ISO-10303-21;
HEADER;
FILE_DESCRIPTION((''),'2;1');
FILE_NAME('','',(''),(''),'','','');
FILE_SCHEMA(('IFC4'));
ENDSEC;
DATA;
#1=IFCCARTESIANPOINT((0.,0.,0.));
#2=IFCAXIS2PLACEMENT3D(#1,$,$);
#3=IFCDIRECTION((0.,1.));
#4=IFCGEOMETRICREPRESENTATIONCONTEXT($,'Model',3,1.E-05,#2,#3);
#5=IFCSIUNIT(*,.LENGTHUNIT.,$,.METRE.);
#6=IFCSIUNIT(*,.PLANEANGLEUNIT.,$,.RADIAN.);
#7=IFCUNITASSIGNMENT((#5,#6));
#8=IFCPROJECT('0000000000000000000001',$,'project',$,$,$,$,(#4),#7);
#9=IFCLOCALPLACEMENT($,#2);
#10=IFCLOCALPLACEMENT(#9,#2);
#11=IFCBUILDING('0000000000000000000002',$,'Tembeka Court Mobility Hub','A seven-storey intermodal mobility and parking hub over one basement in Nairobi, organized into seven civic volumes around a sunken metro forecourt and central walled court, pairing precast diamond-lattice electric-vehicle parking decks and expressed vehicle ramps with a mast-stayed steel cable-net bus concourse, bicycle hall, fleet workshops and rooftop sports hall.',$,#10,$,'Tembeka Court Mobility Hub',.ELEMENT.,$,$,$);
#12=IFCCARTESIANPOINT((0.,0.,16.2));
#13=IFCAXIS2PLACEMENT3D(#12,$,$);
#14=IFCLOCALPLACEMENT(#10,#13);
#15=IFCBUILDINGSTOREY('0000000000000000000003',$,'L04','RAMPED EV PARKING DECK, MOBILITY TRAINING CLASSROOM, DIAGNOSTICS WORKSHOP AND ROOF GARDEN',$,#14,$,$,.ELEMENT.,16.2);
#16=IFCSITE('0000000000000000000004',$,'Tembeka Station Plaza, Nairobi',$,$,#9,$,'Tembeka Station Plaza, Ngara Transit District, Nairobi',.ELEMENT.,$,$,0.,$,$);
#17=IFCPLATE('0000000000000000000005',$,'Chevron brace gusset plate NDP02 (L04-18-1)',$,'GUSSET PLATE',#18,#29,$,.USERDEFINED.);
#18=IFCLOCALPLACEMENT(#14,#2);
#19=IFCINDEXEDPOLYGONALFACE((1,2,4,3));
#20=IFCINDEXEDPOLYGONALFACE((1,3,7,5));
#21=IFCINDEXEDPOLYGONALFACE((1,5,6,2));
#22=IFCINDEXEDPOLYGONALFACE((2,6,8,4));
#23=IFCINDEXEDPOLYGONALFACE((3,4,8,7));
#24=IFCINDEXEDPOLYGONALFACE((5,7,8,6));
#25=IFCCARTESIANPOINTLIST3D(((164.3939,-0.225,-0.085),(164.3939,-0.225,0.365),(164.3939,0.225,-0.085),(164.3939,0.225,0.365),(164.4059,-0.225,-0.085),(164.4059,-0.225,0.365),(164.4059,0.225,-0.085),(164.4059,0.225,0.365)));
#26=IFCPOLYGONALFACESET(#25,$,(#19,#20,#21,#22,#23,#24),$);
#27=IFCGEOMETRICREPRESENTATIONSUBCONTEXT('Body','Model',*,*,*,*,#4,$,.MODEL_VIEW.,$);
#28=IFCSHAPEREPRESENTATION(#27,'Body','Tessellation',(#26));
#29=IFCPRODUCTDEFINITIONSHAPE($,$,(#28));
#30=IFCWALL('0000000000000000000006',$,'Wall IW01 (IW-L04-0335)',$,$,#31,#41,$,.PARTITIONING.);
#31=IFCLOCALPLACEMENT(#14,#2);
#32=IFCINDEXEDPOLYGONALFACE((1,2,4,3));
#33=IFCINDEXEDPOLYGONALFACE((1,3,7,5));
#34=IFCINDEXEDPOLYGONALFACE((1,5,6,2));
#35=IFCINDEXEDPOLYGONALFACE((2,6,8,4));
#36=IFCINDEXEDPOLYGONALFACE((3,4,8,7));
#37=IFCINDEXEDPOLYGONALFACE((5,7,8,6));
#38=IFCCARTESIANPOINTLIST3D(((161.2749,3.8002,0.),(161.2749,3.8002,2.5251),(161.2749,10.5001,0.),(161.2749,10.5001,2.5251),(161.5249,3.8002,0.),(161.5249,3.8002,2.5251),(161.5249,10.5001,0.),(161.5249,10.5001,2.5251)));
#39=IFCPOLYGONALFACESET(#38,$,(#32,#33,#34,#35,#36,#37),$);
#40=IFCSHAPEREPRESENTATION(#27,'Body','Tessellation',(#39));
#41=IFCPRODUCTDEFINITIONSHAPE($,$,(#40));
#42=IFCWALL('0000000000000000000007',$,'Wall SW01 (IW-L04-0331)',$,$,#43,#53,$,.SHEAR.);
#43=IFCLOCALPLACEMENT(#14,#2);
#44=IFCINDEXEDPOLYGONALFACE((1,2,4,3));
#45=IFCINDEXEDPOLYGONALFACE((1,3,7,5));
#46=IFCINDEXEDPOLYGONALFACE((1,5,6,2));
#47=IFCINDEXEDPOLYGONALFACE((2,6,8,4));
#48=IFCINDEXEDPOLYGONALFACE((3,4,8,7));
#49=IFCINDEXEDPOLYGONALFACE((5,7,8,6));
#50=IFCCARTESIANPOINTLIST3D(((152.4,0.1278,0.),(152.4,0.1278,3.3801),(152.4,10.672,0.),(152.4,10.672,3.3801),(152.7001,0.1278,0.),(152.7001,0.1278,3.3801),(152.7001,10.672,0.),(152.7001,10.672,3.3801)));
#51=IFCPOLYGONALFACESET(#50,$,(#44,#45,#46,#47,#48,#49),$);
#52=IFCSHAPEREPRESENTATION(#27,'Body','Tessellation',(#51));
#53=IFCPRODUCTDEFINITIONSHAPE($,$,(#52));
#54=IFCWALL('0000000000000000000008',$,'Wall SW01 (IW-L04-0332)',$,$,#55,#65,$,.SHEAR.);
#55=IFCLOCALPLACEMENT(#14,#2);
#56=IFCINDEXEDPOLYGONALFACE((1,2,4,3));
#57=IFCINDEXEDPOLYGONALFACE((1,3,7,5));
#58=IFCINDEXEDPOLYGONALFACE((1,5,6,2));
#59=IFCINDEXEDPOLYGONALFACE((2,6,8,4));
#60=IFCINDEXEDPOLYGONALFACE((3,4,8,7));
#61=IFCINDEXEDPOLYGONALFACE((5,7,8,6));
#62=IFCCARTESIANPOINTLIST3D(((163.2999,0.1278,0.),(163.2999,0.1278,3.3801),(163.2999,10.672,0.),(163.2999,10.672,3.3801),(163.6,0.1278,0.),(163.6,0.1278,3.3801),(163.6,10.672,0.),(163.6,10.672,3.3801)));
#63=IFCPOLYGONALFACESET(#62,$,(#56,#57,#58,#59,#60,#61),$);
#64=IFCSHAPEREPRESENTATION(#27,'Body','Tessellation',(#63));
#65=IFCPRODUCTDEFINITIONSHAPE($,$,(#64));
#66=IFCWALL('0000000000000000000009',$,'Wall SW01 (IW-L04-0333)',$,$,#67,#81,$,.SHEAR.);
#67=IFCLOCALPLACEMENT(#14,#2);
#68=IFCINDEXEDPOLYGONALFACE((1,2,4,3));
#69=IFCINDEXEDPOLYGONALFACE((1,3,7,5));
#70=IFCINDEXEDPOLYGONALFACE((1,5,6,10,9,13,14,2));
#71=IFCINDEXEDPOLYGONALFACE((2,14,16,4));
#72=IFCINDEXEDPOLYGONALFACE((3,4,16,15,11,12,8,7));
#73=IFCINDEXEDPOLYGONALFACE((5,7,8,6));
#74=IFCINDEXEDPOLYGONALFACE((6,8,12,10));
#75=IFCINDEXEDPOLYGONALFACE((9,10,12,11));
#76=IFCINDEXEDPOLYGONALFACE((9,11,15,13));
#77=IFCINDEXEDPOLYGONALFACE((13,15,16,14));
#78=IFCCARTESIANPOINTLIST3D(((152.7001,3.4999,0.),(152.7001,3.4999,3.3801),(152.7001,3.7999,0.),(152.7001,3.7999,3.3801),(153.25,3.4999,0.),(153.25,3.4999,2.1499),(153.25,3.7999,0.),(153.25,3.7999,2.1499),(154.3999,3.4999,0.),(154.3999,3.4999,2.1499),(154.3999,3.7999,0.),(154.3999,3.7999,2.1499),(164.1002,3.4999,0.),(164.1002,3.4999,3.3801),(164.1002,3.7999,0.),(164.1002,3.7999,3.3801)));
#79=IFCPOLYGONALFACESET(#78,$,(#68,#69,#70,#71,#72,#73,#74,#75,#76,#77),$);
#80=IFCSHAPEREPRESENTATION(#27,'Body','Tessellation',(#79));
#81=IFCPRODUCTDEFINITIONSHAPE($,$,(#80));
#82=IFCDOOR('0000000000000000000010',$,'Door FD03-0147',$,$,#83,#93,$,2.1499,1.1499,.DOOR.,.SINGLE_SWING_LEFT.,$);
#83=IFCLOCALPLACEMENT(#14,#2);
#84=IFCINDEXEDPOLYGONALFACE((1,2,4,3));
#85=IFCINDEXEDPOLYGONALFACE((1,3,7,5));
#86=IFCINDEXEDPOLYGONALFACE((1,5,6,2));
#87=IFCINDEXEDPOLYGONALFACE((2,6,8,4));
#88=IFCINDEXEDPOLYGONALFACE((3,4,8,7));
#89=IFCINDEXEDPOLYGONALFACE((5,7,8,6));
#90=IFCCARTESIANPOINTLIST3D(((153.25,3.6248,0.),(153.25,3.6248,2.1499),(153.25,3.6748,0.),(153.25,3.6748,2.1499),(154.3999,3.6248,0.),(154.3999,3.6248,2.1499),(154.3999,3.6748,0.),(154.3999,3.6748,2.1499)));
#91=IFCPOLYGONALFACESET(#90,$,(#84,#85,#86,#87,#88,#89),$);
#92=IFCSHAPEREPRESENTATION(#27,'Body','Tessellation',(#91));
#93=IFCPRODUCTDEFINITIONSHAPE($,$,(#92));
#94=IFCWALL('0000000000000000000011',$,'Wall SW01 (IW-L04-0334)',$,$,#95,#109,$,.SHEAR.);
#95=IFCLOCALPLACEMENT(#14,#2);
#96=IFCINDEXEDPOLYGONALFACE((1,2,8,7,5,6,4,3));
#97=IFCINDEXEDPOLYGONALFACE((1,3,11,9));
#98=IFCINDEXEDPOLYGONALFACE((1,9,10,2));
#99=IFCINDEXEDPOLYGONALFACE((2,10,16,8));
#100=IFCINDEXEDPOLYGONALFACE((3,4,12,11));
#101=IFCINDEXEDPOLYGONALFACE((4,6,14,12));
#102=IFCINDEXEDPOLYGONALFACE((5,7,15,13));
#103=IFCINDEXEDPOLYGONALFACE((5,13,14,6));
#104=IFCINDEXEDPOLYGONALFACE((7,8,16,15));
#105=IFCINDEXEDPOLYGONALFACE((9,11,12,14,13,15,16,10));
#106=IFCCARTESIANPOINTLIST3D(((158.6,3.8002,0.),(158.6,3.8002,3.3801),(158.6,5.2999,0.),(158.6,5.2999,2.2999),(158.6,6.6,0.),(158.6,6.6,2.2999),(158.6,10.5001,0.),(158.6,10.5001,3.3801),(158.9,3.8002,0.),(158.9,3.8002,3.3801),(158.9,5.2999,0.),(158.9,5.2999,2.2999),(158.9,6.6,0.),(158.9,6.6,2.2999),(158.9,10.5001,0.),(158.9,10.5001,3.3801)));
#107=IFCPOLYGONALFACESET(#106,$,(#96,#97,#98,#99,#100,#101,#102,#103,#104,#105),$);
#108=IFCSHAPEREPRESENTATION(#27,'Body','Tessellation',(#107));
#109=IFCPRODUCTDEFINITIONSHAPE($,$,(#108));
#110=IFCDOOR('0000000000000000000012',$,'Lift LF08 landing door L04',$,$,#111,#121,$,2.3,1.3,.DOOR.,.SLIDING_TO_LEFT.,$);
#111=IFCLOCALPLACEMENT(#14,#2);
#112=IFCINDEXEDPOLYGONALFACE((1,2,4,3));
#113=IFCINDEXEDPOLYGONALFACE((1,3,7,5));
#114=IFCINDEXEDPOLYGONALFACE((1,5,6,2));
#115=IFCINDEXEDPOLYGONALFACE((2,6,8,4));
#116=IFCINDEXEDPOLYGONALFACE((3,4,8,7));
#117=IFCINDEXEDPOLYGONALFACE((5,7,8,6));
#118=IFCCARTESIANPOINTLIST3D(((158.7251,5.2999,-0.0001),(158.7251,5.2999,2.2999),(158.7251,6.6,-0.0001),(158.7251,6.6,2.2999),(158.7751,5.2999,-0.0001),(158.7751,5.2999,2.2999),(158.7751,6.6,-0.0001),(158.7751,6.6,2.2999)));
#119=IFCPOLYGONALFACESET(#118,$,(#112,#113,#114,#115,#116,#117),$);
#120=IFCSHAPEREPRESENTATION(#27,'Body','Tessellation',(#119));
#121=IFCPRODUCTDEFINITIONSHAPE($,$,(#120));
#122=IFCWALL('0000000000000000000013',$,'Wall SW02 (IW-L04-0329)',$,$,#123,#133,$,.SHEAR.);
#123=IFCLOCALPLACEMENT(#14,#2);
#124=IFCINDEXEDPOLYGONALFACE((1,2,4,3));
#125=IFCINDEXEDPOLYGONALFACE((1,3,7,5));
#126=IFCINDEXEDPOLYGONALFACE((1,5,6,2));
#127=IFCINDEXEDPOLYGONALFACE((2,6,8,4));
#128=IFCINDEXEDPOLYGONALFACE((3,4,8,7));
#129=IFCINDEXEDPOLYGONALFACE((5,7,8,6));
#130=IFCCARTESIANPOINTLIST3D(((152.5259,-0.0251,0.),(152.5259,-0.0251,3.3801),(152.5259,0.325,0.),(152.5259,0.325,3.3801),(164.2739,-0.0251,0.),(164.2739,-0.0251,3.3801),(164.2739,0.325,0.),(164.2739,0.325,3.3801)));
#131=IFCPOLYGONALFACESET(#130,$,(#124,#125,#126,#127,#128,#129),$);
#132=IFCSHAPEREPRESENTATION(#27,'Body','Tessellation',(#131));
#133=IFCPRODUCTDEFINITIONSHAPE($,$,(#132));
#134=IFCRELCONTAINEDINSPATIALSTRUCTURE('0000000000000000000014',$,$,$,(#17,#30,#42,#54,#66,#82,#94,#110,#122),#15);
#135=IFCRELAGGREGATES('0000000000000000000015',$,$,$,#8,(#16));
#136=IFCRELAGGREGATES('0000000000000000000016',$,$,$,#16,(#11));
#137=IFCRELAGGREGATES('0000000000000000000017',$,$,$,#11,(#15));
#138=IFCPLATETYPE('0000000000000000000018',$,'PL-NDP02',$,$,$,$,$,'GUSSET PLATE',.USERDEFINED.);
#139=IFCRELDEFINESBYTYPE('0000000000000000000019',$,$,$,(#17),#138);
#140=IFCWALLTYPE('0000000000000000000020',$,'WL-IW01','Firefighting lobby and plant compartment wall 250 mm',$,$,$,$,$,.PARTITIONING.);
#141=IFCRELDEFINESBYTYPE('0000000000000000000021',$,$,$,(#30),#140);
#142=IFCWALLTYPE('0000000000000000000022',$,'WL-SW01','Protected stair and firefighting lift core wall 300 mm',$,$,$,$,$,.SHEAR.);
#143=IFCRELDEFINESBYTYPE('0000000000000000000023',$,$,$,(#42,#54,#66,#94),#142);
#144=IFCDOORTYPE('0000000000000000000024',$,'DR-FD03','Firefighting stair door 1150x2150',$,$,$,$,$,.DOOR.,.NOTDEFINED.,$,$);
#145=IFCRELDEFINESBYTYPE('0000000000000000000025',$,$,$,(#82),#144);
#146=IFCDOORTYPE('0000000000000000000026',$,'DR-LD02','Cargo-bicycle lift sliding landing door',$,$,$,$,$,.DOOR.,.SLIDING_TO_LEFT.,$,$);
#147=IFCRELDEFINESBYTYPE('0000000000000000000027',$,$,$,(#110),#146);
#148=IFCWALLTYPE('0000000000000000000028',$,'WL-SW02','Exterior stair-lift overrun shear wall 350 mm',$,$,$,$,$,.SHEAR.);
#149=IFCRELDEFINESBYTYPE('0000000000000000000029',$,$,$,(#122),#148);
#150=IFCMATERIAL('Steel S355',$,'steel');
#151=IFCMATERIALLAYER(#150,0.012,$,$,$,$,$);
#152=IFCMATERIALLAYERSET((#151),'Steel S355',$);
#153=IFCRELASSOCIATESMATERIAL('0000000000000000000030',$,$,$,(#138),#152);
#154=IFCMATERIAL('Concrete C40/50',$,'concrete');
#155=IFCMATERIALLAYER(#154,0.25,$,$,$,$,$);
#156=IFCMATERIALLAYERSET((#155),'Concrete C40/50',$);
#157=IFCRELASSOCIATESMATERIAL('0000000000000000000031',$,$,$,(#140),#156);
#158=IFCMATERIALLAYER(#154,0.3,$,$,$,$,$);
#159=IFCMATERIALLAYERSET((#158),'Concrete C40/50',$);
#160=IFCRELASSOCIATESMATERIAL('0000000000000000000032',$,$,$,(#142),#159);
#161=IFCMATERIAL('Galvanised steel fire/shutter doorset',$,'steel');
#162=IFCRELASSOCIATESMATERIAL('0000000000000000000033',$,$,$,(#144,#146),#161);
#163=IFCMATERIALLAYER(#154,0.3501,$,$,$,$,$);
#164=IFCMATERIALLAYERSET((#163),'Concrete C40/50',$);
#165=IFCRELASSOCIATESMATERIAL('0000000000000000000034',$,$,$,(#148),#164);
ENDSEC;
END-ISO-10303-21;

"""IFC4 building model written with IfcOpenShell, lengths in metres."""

from ifc_helpers import new_model, si_unit, direction, frame, frame_2d, origin, origin_2d, place, context, subcontext, project, spatial, rectangle, extrude, material, layer, layer_set, type_object, element, fill, save


model = new_model("IFC4")

# Units and contexts
model_context = context("Model", 3, precision=1e-05, world=origin(), true_north=direction((0.0, 1.0)))
body_context = subcontext(model_context, "Body", "Model", "MODEL_VIEW")
ifc_project = project(units=[si_unit("LENGTHUNIT", "METRE"), si_unit("PLANEANGLEUNIT", "RADIAN")], contexts=[model_context])

# Site, building, storey
site_placement = place(None, origin())
site = spatial("IfcSite", under=ifc_project, at=site_placement, Name="Tembeka Station Plaza, Nairobi", LongName="Tembeka Station Plaza, Ngara Transit District, Nairobi", CompositionType="ELEMENT", RefElevation=0.0)
building_placement = place(site_placement, origin())
building = spatial("IfcBuilding", under=site, at=building_placement, Name="Tembeka Court Mobility Hub", Description="A seven-storey intermodal mobility and parking hub over one basement in Nairobi, organized into seven civic volumes around a sunken metro forecourt and central walled court, pairing precast diamond-lattice electric-vehicle parking decks and expressed vehicle ramps with a mast-stayed steel cable-net bus concourse, bicycle hall, fleet workshops and rooftop sports hall.", LongName="Tembeka Court Mobility Hub", CompositionType="ELEMENT")
storey_placement = place(building_placement, frame((0.0, 0.0, 16.2)))
storey = spatial("IfcBuildingStorey", under=building, at=storey_placement, Name="L04", Description="RAMPED EV PARKING DECK, MOBILITY TRAINING CLASSROOM, DIAGNOSTICS WORKSHOP AND ROOF GARDEN", CompositionType="ELEMENT", Elevation=16.2)

# Shared definitions
ifc_material_1 = material(Name="Steel S355", Category="steel")

# Plate
ifc_layer_1 = layer(ifc_material_1, 0.012)
ifc_layer_set_1 = layer_set([ifc_layer_1], Name="Steel S355")
plate_type_1 = type_object("IfcPlateType", Name="PL-NDP02", ElementType="GUSSET PLATE", PredefinedType="USERDEFINED", material=ifc_layer_set_1)
plate_1_placement = place(storey_placement, frame((164.3999, 0.0, -0.085), z_axis=(0.0, 0.0, 1.0), x_axis=(1.0, 0.0, 0.0)))
element("IfcPlate", 1, at=plate_1_placement, inside=storey, type_object=plate_type_1, Name="Chevron brace gusset plate NDP02 (L04-18-1)", ObjectType="GUSSET PLATE", PredefinedType="USERDEFINED", context=body_context, shape_type="SweptSolid", body=[
    extrude(rectangle(XDim=0.012, YDim=0.45, at=origin_2d()), origin(), (0.0, 0.0, 1.0), 0.45),
])

# Walls
ifc_material_2 = material(Name="Concrete C40/50", Category="concrete")
ifc_layer_2 = layer(ifc_material_2, 0.25)
ifc_layer_set_2 = layer_set([ifc_layer_2], Name="Concrete C40/50")
wall_type_1 = type_object("IfcWallType", Name="WL-IW01", Description="Firefighting lobby and plant compartment wall 250 mm", PredefinedType="PARTITIONING", material=ifc_layer_set_2)
wall_1_placement = place(storey_placement, frame((161.3999, 3.8, 0.0), z_axis=(0.0, 0.0, 1.0), x_axis=(0.0, 1.0, 0.0)))
element("IfcWall", 2, at=wall_1_placement, inside=storey, type_object=wall_type_1, Name="Wall IW01 (IW-L04-0335)", PredefinedType="PARTITIONING", context=body_context, shape_type="SweptSolid", body=[
    extrude(rectangle(XDim=6.7, YDim=0.25, at=frame_2d((3.3501, 0.0))), origin(), (0.0, 0.0, 1.0), 2.5251),
])
ifc_layer_3 = layer(ifc_material_2, 0.3)
ifc_layer_set_3 = layer_set([ifc_layer_3], Name="Concrete C40/50")
wall_type_2 = type_object("IfcWallType", Name="WL-SW01", Description="Protected stair and firefighting lift core wall 300 mm", PredefinedType="SHEAR", material=ifc_layer_set_3)
for number, where, z_axis, x_axis, name in (
    (3, (152.55, 0.1279, 0.0), (0.0, 0.0, 1.0), (0.0, 1.0, 0.0), "Wall SW01 (IW-L04-0331)"),
    (4, (163.45, 0.1279, 0.0), (0.0, 0.0, 1.0), (0.0, 1.0, 0.0), "Wall SW01 (IW-L04-0332)"),
):
    element("IfcWall", number, at=place(storey_placement, frame(where, z_axis=z_axis, x_axis=x_axis)), inside=storey, type_object=wall_type_2, Name=name, PredefinedType="SHEAR", context=body_context, shape_type="SweptSolid", body=[
        extrude(rectangle(XDim=10.5442, YDim=0.3, at=frame_2d((5.272, 0.0))), origin(), (0.0, 0.0, 1.0), 3.3801),
    ])

# Walls, openings, doors
wall_2_placement = place(storey_placement, frame((152.7, 3.6499, 0.0), z_axis=(0.0, 0.0, 1.0), x_axis=(1.0, 0.0, 0.0)))
wall_2 = element("IfcWall", 5, at=wall_2_placement, inside=storey, type_object=wall_type_2, Name="Wall SW01 (IW-L04-0333)", PredefinedType="SHEAR", context=body_context, shape_type="SweptSolid", body=[
    extrude(rectangle(XDim=11.4001, YDim=0.3, at=frame_2d((5.7002, 0.0))), origin(), (0.0, 0.0, 1.0), 3.3801),
])
opening_1_placement = place(wall_2_placement, frame((0.55, 0.0, 0.0)))
opening_1 = element("IfcOpeningElement", 6, at=opening_1_placement, cuts=wall_2, PredefinedType="OPENING", context=body_context, shape_type="SweptSolid", body=[
    extrude(rectangle(XDim=1.1499, YDim=2.1499, at=frame_2d((0.575, 1.075))), frame((0.0, 0.1602, 0.0), z_axis=(0.0, -1.0, 0.0), x_axis=(1.0, 0.0, 0.0)), (0.0, 0.0, 1.0), 0.3201),
])
ifc_material_3 = material(Name="Galvanised steel fire/shutter doorset", Category="steel")
door_type_1 = type_object("IfcDoorType", Name="DR-FD03", Description="Firefighting stair door 1150x2150", OperationType="NOTDEFINED", PredefinedType="DOOR", material=ifc_material_3)
door_1_placement = place(opening_1_placement, origin())
door_1 = element("IfcDoor", 7, at=door_1_placement, inside=storey, type_object=door_type_1, Name="Door FD03-0147", OperationType="SINGLE_SWING_LEFT", OverallHeight=2.1499, OverallWidth=1.1499, PredefinedType="DOOR", context=body_context, shape_type="SweptSolid", body=[
    extrude(rectangle(XDim=1.1499, YDim=2.1499, at=frame_2d((0.575, 1.075))), frame((0.0, 0.0249, 0.0), z_axis=(0.0, -1.0, 0.0), x_axis=(1.0, 0.0, 0.0)), (0.0, 0.0, 1.0), 0.05),
])
fill(opening_1, door_1)
wall_3_placement = place(storey_placement, frame((158.75, 3.8, 0.0), z_axis=(0.0, 0.0, 1.0), x_axis=(0.0, 1.0, 0.0)))
wall_3 = element("IfcWall", 8, at=wall_3_placement, inside=storey, type_object=wall_type_2, Name="Wall SW01 (IW-L04-0334)", PredefinedType="SHEAR", context=body_context, shape_type="SweptSolid", body=[
    extrude(rectangle(XDim=6.7, YDim=0.3, at=frame_2d((3.3501, 0.0))), origin(), (0.0, 0.0, 1.0), 3.3801),
])
opening_2_placement = place(wall_3_placement, frame((1.5, 0.0, 0.0)))
opening_2 = element("IfcOpeningElement", 9, at=opening_2_placement, cuts=wall_3, PredefinedType="OPENING", context=body_context, shape_type="SweptSolid", body=[
    extrude(rectangle(XDim=1.3, YDim=2.3, at=frame_2d((0.6499, 1.1499))), frame((0.0, 0.1602, 0.0), z_axis=(0.0, -1.0, 0.0), x_axis=(1.0, 0.0, 0.0)), (0.0, 0.0, 1.0), 0.3201),
])
door_type_2 = type_object("IfcDoorType", Name="DR-LD02", Description="Cargo-bicycle lift sliding landing door", OperationType="SLIDING_TO_LEFT", PredefinedType="DOOR", material=ifc_material_3)
door_2_placement = place(opening_2_placement, origin())
door_2 = element("IfcDoor", 10, at=door_2_placement, inside=storey, type_object=door_type_2, Name="Lift LF08 landing door L04", OperationType="SLIDING_TO_LEFT", OverallHeight=2.3, OverallWidth=1.3, PredefinedType="DOOR", context=body_context, shape_type="SweptSolid", body=[
    extrude(rectangle(XDim=1.3, YDim=2.3, at=frame_2d((0.6499, 1.1499))), frame((0.0, 0.0249, 0.0), z_axis=(0.0, -1.0, 0.0), x_axis=(1.0, 0.0, 0.0)), (0.0, 0.0, 1.0), 0.05),
])
fill(opening_2, door_2)

# Wall
ifc_layer_4 = layer(ifc_material_2, 0.3501)
ifc_layer_set_4 = layer_set([ifc_layer_4], Name="Concrete C40/50")
wall_type_3 = type_object("IfcWallType", Name="WL-SW02", Description="Exterior stair-lift overrun shear wall 350 mm", PredefinedType="SHEAR", material=ifc_layer_set_4)
wall_4_placement = place(storey_placement, frame((152.5259, 0.1499, 0.0), z_axis=(0.0, 0.0, 1.0), x_axis=(1.0, 0.0, 0.0)))
element("IfcWall", 11, at=wall_4_placement, inside=storey, type_object=wall_type_3, Name="Wall SW02 (IW-L04-0329)", PredefinedType="SHEAR", context=body_context, shape_type="SweptSolid", body=[
    extrude(rectangle(XDim=11.748, YDim=0.3501, at=frame_2d((5.874, 0.0))), origin(), (0.0, 0.0, 1.0), 3.3801),
])

save(model, "model.ifc")
